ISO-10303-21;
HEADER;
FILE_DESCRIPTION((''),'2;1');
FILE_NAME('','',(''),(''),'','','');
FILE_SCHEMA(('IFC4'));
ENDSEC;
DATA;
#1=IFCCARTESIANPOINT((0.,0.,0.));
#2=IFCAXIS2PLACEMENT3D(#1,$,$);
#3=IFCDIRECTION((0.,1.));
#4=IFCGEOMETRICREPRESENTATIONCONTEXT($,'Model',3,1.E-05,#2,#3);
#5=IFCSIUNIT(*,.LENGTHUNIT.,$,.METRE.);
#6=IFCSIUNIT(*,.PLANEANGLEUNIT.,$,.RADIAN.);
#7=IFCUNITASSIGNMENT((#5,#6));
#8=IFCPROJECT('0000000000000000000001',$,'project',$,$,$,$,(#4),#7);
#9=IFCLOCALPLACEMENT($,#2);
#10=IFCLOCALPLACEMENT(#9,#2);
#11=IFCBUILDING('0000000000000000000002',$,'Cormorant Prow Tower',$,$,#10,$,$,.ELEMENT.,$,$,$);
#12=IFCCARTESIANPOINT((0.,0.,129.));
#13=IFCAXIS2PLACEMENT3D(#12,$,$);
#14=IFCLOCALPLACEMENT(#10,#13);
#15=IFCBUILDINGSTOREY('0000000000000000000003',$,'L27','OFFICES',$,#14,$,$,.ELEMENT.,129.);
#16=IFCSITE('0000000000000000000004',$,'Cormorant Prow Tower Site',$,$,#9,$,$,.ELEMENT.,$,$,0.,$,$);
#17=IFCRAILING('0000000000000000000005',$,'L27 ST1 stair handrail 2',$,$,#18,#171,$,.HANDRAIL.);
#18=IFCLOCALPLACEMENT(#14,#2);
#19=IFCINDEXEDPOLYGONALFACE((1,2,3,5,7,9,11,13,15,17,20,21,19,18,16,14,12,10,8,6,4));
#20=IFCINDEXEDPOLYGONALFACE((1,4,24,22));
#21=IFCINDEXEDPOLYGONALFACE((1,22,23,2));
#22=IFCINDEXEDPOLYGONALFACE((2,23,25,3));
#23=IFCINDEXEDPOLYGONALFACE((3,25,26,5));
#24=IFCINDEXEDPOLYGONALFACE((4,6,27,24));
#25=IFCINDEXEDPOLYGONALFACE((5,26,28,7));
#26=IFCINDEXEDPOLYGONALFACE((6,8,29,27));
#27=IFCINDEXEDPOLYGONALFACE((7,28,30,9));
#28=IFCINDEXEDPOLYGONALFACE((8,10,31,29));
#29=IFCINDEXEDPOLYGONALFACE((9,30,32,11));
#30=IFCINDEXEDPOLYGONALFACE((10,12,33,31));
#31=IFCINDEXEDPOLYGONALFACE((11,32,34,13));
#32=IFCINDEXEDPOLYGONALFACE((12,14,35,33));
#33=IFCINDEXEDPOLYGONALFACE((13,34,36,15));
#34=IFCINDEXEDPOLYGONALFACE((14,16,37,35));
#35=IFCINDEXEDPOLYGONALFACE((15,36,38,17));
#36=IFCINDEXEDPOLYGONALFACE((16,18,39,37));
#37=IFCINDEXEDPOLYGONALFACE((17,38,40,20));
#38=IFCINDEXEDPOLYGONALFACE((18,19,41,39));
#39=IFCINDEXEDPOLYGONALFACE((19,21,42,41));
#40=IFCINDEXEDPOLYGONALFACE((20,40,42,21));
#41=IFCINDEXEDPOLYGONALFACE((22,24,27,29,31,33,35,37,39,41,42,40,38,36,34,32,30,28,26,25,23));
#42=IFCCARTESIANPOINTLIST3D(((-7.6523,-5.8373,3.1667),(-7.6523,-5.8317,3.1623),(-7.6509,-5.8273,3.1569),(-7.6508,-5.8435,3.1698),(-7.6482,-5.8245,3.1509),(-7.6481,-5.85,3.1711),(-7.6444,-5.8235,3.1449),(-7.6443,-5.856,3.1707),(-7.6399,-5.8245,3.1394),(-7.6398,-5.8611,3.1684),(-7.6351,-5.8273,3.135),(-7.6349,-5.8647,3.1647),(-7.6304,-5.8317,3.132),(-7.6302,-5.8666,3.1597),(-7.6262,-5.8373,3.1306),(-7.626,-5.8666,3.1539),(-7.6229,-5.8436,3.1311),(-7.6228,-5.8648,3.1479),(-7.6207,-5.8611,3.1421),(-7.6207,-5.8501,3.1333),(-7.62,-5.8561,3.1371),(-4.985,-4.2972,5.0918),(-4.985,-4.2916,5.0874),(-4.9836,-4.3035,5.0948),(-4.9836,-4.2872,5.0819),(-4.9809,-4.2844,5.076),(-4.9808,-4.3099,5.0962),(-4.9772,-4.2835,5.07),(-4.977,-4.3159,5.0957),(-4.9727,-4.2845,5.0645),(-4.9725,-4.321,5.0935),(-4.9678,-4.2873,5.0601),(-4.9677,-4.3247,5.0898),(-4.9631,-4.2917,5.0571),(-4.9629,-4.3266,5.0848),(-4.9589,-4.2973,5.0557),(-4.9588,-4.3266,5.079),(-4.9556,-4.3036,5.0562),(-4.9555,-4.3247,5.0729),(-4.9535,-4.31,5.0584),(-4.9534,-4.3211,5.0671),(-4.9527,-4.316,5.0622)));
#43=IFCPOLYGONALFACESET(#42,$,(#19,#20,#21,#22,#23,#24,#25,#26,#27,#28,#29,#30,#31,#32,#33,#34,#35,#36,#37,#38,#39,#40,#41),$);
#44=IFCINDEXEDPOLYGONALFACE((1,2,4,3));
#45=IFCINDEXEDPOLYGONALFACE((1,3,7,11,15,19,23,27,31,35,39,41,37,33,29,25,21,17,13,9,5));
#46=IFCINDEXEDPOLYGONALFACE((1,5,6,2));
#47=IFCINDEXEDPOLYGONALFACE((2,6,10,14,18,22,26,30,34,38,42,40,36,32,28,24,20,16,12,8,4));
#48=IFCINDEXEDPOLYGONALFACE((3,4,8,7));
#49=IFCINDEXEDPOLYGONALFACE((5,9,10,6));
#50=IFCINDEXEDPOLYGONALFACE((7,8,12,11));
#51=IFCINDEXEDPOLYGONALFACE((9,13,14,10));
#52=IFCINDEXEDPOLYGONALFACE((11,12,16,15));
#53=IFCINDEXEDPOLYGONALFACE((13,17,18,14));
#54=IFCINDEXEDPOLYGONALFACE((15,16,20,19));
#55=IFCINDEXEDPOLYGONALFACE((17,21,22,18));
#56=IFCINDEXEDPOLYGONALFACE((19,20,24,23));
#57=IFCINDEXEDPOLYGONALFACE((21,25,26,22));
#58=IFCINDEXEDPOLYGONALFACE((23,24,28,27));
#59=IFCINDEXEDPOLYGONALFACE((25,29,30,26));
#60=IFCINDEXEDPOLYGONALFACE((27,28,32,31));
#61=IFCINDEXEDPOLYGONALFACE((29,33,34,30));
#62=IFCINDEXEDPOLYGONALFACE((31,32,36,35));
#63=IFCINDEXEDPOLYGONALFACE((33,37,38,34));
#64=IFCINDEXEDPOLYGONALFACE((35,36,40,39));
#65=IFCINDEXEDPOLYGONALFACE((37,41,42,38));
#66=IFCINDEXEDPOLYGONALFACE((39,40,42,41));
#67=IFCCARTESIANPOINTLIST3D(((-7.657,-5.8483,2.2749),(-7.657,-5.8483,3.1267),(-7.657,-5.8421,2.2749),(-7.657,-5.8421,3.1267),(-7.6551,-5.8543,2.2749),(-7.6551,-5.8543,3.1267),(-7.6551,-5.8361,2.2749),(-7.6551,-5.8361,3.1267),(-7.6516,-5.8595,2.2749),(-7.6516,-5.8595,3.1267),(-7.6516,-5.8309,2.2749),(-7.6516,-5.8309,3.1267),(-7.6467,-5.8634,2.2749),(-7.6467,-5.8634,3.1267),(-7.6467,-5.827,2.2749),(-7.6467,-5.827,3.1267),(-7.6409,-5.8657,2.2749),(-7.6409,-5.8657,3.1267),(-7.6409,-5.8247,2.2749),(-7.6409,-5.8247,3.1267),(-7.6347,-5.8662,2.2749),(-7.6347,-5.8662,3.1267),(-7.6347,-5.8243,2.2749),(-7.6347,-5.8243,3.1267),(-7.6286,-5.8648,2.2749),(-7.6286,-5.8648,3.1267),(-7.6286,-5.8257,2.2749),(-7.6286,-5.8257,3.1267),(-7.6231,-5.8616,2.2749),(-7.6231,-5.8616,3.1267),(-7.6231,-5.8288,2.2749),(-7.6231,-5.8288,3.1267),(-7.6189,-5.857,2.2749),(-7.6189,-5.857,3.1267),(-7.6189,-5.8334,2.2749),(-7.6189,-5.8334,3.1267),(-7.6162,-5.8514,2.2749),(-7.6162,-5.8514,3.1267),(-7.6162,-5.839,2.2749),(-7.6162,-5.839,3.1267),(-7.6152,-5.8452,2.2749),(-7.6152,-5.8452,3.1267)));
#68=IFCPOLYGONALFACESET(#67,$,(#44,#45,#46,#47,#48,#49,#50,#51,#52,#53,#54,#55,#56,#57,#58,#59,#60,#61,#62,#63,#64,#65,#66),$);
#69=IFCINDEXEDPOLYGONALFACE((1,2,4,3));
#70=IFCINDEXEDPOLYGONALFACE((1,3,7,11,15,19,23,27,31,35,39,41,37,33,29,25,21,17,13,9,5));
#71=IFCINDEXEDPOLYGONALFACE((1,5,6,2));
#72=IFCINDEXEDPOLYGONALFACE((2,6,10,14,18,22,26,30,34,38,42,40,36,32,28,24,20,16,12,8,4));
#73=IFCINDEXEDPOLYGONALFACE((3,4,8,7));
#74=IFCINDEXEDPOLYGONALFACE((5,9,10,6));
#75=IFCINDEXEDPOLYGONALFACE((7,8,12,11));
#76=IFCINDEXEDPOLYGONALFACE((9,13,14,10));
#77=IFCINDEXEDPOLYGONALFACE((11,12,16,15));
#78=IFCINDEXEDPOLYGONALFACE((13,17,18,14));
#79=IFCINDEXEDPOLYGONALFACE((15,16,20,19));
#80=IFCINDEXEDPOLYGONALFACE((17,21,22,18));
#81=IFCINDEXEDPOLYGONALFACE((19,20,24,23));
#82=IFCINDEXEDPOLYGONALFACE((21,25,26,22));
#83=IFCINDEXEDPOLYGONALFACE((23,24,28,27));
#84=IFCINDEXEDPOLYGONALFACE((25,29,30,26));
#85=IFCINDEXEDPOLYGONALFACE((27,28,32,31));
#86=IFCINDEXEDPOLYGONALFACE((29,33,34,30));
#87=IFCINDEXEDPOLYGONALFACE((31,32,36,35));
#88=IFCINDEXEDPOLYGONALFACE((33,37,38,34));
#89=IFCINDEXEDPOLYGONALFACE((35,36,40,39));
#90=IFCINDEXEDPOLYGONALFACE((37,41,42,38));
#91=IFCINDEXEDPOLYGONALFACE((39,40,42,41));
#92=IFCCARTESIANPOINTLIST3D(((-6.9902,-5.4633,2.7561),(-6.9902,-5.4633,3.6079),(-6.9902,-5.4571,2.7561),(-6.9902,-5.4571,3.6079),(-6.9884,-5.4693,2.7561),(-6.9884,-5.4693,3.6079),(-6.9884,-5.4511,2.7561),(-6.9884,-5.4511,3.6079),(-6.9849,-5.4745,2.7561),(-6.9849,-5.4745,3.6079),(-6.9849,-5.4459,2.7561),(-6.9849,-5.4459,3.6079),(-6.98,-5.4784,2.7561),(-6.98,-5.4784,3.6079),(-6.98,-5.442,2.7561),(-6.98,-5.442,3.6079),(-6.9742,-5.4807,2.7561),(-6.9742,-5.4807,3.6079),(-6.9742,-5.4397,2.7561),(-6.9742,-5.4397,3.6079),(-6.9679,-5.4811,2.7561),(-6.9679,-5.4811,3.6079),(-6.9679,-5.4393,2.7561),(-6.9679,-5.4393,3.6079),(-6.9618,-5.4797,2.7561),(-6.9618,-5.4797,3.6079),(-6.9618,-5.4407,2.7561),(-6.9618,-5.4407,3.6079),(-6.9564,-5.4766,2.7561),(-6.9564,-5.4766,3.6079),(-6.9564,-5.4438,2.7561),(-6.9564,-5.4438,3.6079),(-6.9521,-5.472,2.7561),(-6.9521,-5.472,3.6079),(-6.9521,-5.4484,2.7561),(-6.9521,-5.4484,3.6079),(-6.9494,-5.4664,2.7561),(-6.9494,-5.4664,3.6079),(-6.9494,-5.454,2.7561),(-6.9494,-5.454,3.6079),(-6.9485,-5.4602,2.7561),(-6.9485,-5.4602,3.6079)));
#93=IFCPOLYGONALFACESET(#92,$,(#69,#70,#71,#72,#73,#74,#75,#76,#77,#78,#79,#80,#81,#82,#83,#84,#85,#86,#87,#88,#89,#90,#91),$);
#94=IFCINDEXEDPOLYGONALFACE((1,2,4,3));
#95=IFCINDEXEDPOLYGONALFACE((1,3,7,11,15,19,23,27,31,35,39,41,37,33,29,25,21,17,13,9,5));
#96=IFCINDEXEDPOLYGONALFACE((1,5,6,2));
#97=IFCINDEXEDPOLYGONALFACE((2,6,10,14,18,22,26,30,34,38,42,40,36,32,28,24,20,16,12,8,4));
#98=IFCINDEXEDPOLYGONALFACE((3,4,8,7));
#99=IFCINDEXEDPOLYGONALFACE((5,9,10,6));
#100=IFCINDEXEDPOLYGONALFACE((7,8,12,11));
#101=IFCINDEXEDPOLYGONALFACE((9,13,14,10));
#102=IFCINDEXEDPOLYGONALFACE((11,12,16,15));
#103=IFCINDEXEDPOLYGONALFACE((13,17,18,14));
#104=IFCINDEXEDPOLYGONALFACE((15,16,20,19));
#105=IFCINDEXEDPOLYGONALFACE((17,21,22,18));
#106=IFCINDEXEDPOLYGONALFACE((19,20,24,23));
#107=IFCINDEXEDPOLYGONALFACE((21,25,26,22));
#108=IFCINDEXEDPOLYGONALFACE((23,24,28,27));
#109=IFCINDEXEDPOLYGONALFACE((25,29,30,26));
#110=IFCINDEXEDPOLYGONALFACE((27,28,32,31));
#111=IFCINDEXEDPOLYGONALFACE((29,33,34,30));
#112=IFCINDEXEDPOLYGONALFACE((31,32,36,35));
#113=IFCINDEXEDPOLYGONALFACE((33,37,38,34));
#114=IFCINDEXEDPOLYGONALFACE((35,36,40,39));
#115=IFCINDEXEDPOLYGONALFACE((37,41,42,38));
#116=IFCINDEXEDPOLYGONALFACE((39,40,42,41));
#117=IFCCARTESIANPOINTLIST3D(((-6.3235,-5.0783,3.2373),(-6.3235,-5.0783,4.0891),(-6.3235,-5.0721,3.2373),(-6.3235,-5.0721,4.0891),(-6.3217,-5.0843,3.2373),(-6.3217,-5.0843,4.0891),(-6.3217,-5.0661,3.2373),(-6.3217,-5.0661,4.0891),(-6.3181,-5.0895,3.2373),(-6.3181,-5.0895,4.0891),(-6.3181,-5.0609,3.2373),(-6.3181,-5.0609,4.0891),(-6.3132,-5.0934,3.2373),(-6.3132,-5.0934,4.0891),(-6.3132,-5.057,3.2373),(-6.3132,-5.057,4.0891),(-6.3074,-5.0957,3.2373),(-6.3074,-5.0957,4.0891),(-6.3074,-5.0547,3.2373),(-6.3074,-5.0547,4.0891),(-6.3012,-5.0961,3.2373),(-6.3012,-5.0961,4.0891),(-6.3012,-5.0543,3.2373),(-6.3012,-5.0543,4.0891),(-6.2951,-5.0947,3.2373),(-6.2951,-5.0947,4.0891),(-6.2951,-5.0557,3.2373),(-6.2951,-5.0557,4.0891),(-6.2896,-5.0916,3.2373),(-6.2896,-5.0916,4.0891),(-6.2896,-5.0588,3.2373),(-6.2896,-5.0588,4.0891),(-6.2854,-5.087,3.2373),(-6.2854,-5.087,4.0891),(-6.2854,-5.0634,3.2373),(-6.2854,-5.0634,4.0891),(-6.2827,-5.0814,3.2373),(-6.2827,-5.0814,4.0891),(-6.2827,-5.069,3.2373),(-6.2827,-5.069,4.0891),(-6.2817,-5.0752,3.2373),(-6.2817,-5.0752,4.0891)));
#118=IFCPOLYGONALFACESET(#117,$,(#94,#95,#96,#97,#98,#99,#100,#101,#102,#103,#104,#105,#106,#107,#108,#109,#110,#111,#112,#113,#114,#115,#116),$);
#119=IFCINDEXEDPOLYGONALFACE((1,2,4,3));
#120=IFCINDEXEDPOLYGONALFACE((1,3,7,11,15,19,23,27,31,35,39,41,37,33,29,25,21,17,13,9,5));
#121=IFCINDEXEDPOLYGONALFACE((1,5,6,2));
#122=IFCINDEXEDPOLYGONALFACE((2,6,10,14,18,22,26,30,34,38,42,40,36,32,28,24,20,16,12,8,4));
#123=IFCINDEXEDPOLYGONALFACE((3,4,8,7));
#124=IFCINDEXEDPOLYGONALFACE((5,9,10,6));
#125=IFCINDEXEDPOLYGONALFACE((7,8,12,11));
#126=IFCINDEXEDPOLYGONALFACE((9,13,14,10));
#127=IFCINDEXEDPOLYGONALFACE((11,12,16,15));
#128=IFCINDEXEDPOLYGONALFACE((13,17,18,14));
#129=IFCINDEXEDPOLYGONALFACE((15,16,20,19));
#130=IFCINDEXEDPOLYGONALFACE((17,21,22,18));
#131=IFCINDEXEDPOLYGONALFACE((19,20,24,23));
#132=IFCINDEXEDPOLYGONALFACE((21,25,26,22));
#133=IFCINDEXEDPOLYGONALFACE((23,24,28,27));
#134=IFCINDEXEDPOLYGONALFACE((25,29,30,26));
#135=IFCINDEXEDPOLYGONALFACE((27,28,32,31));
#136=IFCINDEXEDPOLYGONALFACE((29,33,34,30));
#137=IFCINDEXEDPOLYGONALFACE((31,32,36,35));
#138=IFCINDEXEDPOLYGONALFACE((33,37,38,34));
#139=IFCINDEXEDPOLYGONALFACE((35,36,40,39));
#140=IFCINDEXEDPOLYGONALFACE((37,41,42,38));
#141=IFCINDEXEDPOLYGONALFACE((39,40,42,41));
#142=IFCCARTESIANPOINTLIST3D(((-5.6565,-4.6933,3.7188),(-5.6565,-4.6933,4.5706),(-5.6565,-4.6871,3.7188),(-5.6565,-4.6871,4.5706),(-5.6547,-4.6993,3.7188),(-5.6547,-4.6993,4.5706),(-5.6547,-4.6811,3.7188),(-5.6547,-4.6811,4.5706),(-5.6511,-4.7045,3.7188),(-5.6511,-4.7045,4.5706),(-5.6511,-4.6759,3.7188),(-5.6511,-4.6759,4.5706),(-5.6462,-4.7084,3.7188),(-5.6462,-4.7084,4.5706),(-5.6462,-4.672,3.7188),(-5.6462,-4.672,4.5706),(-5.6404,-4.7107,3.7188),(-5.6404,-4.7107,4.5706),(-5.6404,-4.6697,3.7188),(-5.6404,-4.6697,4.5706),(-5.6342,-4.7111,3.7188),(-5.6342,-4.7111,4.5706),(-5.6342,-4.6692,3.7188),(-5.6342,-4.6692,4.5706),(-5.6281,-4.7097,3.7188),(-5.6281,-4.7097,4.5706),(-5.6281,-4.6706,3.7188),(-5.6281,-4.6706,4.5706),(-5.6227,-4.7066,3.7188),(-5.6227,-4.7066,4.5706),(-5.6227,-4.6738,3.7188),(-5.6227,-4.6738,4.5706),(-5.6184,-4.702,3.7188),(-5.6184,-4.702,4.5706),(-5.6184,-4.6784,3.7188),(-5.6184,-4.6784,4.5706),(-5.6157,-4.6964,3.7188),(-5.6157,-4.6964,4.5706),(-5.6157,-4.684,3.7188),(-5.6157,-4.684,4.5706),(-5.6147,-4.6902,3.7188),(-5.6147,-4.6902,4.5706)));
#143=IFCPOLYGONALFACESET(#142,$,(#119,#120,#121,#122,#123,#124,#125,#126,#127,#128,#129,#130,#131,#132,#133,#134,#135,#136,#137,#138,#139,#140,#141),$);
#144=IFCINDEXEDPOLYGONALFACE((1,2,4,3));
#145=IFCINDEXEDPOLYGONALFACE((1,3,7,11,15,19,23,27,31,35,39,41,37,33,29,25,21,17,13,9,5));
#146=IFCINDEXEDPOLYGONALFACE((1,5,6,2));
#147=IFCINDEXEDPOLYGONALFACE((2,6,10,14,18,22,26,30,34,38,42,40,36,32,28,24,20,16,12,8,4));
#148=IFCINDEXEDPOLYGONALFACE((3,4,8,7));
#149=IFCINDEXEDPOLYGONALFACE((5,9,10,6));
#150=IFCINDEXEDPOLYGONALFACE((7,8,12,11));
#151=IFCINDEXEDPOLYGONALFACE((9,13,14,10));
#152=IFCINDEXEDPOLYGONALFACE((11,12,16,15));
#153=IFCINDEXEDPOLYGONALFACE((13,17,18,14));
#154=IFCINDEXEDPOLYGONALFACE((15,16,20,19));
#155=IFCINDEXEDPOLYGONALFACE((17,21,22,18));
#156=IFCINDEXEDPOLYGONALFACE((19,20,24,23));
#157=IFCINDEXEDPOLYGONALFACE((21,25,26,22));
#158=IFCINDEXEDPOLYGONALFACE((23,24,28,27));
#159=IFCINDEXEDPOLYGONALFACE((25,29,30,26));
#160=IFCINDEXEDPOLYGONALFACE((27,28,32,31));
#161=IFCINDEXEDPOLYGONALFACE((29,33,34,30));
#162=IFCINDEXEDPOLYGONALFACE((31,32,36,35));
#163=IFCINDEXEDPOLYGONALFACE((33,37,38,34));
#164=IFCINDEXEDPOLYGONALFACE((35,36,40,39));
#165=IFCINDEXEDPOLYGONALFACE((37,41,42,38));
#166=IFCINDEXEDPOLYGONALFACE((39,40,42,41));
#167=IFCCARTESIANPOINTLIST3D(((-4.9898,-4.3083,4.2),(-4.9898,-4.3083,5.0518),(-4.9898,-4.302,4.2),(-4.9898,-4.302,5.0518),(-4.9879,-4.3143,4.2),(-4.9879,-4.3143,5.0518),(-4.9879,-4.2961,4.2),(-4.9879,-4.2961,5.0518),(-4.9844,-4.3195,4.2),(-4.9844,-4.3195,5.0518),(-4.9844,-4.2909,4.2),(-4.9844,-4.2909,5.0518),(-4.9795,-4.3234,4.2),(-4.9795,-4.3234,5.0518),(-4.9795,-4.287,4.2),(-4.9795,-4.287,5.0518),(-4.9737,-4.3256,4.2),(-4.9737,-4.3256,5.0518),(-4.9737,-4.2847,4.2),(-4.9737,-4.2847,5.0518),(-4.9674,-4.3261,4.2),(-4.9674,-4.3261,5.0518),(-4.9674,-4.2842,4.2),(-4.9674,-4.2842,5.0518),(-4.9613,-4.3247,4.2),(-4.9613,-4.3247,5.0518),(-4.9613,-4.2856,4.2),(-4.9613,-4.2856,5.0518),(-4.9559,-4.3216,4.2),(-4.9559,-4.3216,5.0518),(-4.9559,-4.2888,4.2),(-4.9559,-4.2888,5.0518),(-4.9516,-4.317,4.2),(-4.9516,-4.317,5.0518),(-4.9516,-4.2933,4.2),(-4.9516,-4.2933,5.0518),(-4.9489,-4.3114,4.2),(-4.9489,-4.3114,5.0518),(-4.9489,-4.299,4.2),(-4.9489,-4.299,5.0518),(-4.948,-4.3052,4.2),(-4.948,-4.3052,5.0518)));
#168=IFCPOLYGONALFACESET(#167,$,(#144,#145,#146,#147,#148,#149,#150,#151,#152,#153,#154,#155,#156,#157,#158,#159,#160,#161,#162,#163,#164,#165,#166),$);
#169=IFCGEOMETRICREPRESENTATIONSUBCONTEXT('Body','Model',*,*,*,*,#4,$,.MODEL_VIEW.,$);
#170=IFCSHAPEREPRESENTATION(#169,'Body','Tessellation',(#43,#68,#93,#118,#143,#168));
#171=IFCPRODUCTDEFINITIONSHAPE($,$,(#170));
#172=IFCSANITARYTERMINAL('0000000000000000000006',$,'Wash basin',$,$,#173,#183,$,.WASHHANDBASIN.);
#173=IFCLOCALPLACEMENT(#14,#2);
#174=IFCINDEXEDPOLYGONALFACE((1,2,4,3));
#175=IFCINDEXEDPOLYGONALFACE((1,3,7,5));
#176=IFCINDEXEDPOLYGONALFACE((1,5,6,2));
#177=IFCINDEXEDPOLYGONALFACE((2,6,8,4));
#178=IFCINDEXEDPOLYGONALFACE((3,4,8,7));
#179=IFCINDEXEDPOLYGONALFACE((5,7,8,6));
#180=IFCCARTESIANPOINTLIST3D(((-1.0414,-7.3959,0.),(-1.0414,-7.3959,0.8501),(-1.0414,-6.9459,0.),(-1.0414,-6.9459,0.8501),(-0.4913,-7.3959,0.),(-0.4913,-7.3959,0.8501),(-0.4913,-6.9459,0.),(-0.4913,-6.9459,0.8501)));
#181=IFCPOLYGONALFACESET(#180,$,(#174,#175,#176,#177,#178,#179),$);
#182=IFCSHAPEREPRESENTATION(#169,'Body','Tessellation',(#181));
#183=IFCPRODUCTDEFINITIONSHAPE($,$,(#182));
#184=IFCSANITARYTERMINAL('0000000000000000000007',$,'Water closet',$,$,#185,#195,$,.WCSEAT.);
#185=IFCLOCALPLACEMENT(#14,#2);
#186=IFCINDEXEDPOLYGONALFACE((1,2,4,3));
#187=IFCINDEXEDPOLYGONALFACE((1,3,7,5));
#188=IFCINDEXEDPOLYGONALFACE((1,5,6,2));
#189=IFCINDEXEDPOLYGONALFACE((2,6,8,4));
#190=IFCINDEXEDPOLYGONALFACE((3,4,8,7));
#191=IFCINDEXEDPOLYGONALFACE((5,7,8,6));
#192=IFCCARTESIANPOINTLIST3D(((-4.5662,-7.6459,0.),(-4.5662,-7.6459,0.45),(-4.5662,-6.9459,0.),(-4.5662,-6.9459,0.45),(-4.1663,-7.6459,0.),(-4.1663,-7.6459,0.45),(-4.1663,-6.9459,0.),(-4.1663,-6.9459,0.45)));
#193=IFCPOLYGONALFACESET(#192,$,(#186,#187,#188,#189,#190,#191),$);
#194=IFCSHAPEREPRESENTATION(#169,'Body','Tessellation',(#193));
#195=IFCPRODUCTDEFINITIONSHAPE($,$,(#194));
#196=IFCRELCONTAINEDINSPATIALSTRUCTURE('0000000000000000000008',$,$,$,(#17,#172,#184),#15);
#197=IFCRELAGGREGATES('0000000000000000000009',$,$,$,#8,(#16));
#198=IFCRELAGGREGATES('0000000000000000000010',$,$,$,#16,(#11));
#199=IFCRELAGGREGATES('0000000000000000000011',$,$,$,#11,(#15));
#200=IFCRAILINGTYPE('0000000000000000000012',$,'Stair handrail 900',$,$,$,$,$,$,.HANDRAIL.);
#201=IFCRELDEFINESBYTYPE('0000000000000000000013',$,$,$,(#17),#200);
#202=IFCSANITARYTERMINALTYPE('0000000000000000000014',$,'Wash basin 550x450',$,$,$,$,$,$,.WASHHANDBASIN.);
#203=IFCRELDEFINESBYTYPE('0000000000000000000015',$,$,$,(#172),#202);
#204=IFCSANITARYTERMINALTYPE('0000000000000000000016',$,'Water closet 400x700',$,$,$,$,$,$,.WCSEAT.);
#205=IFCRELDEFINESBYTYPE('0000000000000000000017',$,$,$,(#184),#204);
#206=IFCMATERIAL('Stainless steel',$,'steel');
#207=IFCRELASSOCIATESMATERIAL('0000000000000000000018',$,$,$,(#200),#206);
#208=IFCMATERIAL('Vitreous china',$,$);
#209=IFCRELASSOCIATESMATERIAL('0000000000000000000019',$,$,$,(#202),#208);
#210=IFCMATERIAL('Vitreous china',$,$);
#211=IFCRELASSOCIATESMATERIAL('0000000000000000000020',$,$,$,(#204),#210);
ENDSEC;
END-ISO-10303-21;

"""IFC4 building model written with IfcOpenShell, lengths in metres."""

from ifc_helpers import new_model, si_unit, direction, frame, origin, origin_2d, place, context, subcontext, project, spatial, rectangle, circle, extrude, material, type_object, element, save


model = new_model("IFC4")

# Units and contexts
model_context = context("Model", 3, precision=1e-05, world=origin(), true_north=direction((0.0, 1.0)))
body_context = subcontext(model_context, "Body", "Model", "MODEL_VIEW")
ifc_project = project(units=[si_unit("LENGTHUNIT", "METRE"), si_unit("PLANEANGLEUNIT", "RADIAN")], contexts=[model_context])

# Site, building, storey
site_placement = place(None, origin())
site = spatial("IfcSite", under=ifc_project, at=site_placement, Name="Cormorant Prow Tower Site", CompositionType="ELEMENT", RefElevation=0.0)
building_placement = place(site_placement, origin())
building = spatial("IfcBuilding", under=site, at=building_placement, Name="Cormorant Prow Tower", CompositionType="ELEMENT")
storey_placement = place(building_placement, frame((0.0, 0.0, 129.0)))
storey = spatial("IfcBuildingStorey", under=building, at=storey_placement, Name="L27", Description="OFFICES", CompositionType="ELEMENT", Elevation=129.0)

# Railing
ifc_material_1 = material(Name="Stainless steel", Category="steel")
railing_type_1 = type_object("IfcRailingType", Name="Stair handrail 900", PredefinedType="HANDRAIL", material=ifc_material_1)
railing_1_placement = place(storey_placement, frame((-7.6362, -5.8452, 2.2749)))
element("IfcRailing", 1, at=railing_1_placement, inside=storey, type_object=railing_type_1, Name="L27 ST1 stair handrail 2", PredefinedType="HANDRAIL", context=body_context, shape_type="SweptSolid", body=[
    extrude(circle(Radius=0.0239, at=origin_2d()), frame((0.0, 0.0, 0.876), z_axis=(0.734364, 0.424015, 0.530019), x_axis=(-0.500027, 0.86601, 0.0)), (0.0, 0.0, 1.0), 3.6321),
    extrude(circle(Radius=0.021, at=origin_2d()), origin(), (0.0, 0.0, 1.0), 0.8518),
    extrude(circle(Radius=0.021, at=origin_2d()), frame((0.6667, 0.385, 0.4812)), (0.0, 0.0, 1.0), 0.8518),
    extrude(circle(Radius=0.021, at=origin_2d()), frame((1.3335, 0.77, 0.9624)), (0.0, 0.0, 1.0), 0.8518),
    extrude(circle(Radius=0.021, at=origin_2d()), frame((2.0005, 1.155, 1.4438)), (0.0, 0.0, 1.0), 0.8518),
    extrude(circle(Radius=0.021, at=origin_2d()), frame((2.6672, 1.54, 1.925)), (0.0, 0.0, 1.0), 0.8518),
])

# Sanitary terminals
ifc_material_2 = material(Name="Vitreous china")
sanitary_terminal_type_1 = type_object("IfcSanitaryTerminalType", Name="Wash basin 550x450", PredefinedType="WASHHANDBASIN", material=ifc_material_2)
sanitary_terminal_1_placement = place(storey_placement, frame((-0.7664, -7.1709, 0.0), z_axis=(0.0, 0.0, 1.0), x_axis=(-1.0, 0.0, 0.0)))
element("IfcSanitaryTerminal", 2, at=sanitary_terminal_1_placement, inside=storey, type_object=sanitary_terminal_type_1, Name="Wash basin", PredefinedType="WASHHANDBASIN", context=body_context, shape_type="SweptSolid", body=[
    extrude(rectangle(XDim=0.55, YDim=0.45, at=origin_2d()), origin(), (0.0, 0.0, 1.0), 0.8501),
])
ifc_material_3 = material(Name="Vitreous china")
sanitary_terminal_type_2 = type_object("IfcSanitaryTerminalType", Name="Water closet 400x700", PredefinedType="WCSEAT", material=ifc_material_3)
sanitary_terminal_2_placement = place(storey_placement, frame((-4.3662, -7.2959, 0.0), z_axis=(0.0, 0.0, 1.0), x_axis=(-1.0, 0.0, 0.0)))
element("IfcSanitaryTerminal", 3, at=sanitary_terminal_2_placement, inside=storey, type_object=sanitary_terminal_type_2, Name="Water closet", PredefinedType="WCSEAT", context=body_context, shape_type="SweptSolid", body=[
    extrude(rectangle(XDim=0.3999, YDim=0.7, at=origin_2d()), origin(), (0.0, 0.0, 1.0), 0.45),
])

save(model, "model.ifc")
